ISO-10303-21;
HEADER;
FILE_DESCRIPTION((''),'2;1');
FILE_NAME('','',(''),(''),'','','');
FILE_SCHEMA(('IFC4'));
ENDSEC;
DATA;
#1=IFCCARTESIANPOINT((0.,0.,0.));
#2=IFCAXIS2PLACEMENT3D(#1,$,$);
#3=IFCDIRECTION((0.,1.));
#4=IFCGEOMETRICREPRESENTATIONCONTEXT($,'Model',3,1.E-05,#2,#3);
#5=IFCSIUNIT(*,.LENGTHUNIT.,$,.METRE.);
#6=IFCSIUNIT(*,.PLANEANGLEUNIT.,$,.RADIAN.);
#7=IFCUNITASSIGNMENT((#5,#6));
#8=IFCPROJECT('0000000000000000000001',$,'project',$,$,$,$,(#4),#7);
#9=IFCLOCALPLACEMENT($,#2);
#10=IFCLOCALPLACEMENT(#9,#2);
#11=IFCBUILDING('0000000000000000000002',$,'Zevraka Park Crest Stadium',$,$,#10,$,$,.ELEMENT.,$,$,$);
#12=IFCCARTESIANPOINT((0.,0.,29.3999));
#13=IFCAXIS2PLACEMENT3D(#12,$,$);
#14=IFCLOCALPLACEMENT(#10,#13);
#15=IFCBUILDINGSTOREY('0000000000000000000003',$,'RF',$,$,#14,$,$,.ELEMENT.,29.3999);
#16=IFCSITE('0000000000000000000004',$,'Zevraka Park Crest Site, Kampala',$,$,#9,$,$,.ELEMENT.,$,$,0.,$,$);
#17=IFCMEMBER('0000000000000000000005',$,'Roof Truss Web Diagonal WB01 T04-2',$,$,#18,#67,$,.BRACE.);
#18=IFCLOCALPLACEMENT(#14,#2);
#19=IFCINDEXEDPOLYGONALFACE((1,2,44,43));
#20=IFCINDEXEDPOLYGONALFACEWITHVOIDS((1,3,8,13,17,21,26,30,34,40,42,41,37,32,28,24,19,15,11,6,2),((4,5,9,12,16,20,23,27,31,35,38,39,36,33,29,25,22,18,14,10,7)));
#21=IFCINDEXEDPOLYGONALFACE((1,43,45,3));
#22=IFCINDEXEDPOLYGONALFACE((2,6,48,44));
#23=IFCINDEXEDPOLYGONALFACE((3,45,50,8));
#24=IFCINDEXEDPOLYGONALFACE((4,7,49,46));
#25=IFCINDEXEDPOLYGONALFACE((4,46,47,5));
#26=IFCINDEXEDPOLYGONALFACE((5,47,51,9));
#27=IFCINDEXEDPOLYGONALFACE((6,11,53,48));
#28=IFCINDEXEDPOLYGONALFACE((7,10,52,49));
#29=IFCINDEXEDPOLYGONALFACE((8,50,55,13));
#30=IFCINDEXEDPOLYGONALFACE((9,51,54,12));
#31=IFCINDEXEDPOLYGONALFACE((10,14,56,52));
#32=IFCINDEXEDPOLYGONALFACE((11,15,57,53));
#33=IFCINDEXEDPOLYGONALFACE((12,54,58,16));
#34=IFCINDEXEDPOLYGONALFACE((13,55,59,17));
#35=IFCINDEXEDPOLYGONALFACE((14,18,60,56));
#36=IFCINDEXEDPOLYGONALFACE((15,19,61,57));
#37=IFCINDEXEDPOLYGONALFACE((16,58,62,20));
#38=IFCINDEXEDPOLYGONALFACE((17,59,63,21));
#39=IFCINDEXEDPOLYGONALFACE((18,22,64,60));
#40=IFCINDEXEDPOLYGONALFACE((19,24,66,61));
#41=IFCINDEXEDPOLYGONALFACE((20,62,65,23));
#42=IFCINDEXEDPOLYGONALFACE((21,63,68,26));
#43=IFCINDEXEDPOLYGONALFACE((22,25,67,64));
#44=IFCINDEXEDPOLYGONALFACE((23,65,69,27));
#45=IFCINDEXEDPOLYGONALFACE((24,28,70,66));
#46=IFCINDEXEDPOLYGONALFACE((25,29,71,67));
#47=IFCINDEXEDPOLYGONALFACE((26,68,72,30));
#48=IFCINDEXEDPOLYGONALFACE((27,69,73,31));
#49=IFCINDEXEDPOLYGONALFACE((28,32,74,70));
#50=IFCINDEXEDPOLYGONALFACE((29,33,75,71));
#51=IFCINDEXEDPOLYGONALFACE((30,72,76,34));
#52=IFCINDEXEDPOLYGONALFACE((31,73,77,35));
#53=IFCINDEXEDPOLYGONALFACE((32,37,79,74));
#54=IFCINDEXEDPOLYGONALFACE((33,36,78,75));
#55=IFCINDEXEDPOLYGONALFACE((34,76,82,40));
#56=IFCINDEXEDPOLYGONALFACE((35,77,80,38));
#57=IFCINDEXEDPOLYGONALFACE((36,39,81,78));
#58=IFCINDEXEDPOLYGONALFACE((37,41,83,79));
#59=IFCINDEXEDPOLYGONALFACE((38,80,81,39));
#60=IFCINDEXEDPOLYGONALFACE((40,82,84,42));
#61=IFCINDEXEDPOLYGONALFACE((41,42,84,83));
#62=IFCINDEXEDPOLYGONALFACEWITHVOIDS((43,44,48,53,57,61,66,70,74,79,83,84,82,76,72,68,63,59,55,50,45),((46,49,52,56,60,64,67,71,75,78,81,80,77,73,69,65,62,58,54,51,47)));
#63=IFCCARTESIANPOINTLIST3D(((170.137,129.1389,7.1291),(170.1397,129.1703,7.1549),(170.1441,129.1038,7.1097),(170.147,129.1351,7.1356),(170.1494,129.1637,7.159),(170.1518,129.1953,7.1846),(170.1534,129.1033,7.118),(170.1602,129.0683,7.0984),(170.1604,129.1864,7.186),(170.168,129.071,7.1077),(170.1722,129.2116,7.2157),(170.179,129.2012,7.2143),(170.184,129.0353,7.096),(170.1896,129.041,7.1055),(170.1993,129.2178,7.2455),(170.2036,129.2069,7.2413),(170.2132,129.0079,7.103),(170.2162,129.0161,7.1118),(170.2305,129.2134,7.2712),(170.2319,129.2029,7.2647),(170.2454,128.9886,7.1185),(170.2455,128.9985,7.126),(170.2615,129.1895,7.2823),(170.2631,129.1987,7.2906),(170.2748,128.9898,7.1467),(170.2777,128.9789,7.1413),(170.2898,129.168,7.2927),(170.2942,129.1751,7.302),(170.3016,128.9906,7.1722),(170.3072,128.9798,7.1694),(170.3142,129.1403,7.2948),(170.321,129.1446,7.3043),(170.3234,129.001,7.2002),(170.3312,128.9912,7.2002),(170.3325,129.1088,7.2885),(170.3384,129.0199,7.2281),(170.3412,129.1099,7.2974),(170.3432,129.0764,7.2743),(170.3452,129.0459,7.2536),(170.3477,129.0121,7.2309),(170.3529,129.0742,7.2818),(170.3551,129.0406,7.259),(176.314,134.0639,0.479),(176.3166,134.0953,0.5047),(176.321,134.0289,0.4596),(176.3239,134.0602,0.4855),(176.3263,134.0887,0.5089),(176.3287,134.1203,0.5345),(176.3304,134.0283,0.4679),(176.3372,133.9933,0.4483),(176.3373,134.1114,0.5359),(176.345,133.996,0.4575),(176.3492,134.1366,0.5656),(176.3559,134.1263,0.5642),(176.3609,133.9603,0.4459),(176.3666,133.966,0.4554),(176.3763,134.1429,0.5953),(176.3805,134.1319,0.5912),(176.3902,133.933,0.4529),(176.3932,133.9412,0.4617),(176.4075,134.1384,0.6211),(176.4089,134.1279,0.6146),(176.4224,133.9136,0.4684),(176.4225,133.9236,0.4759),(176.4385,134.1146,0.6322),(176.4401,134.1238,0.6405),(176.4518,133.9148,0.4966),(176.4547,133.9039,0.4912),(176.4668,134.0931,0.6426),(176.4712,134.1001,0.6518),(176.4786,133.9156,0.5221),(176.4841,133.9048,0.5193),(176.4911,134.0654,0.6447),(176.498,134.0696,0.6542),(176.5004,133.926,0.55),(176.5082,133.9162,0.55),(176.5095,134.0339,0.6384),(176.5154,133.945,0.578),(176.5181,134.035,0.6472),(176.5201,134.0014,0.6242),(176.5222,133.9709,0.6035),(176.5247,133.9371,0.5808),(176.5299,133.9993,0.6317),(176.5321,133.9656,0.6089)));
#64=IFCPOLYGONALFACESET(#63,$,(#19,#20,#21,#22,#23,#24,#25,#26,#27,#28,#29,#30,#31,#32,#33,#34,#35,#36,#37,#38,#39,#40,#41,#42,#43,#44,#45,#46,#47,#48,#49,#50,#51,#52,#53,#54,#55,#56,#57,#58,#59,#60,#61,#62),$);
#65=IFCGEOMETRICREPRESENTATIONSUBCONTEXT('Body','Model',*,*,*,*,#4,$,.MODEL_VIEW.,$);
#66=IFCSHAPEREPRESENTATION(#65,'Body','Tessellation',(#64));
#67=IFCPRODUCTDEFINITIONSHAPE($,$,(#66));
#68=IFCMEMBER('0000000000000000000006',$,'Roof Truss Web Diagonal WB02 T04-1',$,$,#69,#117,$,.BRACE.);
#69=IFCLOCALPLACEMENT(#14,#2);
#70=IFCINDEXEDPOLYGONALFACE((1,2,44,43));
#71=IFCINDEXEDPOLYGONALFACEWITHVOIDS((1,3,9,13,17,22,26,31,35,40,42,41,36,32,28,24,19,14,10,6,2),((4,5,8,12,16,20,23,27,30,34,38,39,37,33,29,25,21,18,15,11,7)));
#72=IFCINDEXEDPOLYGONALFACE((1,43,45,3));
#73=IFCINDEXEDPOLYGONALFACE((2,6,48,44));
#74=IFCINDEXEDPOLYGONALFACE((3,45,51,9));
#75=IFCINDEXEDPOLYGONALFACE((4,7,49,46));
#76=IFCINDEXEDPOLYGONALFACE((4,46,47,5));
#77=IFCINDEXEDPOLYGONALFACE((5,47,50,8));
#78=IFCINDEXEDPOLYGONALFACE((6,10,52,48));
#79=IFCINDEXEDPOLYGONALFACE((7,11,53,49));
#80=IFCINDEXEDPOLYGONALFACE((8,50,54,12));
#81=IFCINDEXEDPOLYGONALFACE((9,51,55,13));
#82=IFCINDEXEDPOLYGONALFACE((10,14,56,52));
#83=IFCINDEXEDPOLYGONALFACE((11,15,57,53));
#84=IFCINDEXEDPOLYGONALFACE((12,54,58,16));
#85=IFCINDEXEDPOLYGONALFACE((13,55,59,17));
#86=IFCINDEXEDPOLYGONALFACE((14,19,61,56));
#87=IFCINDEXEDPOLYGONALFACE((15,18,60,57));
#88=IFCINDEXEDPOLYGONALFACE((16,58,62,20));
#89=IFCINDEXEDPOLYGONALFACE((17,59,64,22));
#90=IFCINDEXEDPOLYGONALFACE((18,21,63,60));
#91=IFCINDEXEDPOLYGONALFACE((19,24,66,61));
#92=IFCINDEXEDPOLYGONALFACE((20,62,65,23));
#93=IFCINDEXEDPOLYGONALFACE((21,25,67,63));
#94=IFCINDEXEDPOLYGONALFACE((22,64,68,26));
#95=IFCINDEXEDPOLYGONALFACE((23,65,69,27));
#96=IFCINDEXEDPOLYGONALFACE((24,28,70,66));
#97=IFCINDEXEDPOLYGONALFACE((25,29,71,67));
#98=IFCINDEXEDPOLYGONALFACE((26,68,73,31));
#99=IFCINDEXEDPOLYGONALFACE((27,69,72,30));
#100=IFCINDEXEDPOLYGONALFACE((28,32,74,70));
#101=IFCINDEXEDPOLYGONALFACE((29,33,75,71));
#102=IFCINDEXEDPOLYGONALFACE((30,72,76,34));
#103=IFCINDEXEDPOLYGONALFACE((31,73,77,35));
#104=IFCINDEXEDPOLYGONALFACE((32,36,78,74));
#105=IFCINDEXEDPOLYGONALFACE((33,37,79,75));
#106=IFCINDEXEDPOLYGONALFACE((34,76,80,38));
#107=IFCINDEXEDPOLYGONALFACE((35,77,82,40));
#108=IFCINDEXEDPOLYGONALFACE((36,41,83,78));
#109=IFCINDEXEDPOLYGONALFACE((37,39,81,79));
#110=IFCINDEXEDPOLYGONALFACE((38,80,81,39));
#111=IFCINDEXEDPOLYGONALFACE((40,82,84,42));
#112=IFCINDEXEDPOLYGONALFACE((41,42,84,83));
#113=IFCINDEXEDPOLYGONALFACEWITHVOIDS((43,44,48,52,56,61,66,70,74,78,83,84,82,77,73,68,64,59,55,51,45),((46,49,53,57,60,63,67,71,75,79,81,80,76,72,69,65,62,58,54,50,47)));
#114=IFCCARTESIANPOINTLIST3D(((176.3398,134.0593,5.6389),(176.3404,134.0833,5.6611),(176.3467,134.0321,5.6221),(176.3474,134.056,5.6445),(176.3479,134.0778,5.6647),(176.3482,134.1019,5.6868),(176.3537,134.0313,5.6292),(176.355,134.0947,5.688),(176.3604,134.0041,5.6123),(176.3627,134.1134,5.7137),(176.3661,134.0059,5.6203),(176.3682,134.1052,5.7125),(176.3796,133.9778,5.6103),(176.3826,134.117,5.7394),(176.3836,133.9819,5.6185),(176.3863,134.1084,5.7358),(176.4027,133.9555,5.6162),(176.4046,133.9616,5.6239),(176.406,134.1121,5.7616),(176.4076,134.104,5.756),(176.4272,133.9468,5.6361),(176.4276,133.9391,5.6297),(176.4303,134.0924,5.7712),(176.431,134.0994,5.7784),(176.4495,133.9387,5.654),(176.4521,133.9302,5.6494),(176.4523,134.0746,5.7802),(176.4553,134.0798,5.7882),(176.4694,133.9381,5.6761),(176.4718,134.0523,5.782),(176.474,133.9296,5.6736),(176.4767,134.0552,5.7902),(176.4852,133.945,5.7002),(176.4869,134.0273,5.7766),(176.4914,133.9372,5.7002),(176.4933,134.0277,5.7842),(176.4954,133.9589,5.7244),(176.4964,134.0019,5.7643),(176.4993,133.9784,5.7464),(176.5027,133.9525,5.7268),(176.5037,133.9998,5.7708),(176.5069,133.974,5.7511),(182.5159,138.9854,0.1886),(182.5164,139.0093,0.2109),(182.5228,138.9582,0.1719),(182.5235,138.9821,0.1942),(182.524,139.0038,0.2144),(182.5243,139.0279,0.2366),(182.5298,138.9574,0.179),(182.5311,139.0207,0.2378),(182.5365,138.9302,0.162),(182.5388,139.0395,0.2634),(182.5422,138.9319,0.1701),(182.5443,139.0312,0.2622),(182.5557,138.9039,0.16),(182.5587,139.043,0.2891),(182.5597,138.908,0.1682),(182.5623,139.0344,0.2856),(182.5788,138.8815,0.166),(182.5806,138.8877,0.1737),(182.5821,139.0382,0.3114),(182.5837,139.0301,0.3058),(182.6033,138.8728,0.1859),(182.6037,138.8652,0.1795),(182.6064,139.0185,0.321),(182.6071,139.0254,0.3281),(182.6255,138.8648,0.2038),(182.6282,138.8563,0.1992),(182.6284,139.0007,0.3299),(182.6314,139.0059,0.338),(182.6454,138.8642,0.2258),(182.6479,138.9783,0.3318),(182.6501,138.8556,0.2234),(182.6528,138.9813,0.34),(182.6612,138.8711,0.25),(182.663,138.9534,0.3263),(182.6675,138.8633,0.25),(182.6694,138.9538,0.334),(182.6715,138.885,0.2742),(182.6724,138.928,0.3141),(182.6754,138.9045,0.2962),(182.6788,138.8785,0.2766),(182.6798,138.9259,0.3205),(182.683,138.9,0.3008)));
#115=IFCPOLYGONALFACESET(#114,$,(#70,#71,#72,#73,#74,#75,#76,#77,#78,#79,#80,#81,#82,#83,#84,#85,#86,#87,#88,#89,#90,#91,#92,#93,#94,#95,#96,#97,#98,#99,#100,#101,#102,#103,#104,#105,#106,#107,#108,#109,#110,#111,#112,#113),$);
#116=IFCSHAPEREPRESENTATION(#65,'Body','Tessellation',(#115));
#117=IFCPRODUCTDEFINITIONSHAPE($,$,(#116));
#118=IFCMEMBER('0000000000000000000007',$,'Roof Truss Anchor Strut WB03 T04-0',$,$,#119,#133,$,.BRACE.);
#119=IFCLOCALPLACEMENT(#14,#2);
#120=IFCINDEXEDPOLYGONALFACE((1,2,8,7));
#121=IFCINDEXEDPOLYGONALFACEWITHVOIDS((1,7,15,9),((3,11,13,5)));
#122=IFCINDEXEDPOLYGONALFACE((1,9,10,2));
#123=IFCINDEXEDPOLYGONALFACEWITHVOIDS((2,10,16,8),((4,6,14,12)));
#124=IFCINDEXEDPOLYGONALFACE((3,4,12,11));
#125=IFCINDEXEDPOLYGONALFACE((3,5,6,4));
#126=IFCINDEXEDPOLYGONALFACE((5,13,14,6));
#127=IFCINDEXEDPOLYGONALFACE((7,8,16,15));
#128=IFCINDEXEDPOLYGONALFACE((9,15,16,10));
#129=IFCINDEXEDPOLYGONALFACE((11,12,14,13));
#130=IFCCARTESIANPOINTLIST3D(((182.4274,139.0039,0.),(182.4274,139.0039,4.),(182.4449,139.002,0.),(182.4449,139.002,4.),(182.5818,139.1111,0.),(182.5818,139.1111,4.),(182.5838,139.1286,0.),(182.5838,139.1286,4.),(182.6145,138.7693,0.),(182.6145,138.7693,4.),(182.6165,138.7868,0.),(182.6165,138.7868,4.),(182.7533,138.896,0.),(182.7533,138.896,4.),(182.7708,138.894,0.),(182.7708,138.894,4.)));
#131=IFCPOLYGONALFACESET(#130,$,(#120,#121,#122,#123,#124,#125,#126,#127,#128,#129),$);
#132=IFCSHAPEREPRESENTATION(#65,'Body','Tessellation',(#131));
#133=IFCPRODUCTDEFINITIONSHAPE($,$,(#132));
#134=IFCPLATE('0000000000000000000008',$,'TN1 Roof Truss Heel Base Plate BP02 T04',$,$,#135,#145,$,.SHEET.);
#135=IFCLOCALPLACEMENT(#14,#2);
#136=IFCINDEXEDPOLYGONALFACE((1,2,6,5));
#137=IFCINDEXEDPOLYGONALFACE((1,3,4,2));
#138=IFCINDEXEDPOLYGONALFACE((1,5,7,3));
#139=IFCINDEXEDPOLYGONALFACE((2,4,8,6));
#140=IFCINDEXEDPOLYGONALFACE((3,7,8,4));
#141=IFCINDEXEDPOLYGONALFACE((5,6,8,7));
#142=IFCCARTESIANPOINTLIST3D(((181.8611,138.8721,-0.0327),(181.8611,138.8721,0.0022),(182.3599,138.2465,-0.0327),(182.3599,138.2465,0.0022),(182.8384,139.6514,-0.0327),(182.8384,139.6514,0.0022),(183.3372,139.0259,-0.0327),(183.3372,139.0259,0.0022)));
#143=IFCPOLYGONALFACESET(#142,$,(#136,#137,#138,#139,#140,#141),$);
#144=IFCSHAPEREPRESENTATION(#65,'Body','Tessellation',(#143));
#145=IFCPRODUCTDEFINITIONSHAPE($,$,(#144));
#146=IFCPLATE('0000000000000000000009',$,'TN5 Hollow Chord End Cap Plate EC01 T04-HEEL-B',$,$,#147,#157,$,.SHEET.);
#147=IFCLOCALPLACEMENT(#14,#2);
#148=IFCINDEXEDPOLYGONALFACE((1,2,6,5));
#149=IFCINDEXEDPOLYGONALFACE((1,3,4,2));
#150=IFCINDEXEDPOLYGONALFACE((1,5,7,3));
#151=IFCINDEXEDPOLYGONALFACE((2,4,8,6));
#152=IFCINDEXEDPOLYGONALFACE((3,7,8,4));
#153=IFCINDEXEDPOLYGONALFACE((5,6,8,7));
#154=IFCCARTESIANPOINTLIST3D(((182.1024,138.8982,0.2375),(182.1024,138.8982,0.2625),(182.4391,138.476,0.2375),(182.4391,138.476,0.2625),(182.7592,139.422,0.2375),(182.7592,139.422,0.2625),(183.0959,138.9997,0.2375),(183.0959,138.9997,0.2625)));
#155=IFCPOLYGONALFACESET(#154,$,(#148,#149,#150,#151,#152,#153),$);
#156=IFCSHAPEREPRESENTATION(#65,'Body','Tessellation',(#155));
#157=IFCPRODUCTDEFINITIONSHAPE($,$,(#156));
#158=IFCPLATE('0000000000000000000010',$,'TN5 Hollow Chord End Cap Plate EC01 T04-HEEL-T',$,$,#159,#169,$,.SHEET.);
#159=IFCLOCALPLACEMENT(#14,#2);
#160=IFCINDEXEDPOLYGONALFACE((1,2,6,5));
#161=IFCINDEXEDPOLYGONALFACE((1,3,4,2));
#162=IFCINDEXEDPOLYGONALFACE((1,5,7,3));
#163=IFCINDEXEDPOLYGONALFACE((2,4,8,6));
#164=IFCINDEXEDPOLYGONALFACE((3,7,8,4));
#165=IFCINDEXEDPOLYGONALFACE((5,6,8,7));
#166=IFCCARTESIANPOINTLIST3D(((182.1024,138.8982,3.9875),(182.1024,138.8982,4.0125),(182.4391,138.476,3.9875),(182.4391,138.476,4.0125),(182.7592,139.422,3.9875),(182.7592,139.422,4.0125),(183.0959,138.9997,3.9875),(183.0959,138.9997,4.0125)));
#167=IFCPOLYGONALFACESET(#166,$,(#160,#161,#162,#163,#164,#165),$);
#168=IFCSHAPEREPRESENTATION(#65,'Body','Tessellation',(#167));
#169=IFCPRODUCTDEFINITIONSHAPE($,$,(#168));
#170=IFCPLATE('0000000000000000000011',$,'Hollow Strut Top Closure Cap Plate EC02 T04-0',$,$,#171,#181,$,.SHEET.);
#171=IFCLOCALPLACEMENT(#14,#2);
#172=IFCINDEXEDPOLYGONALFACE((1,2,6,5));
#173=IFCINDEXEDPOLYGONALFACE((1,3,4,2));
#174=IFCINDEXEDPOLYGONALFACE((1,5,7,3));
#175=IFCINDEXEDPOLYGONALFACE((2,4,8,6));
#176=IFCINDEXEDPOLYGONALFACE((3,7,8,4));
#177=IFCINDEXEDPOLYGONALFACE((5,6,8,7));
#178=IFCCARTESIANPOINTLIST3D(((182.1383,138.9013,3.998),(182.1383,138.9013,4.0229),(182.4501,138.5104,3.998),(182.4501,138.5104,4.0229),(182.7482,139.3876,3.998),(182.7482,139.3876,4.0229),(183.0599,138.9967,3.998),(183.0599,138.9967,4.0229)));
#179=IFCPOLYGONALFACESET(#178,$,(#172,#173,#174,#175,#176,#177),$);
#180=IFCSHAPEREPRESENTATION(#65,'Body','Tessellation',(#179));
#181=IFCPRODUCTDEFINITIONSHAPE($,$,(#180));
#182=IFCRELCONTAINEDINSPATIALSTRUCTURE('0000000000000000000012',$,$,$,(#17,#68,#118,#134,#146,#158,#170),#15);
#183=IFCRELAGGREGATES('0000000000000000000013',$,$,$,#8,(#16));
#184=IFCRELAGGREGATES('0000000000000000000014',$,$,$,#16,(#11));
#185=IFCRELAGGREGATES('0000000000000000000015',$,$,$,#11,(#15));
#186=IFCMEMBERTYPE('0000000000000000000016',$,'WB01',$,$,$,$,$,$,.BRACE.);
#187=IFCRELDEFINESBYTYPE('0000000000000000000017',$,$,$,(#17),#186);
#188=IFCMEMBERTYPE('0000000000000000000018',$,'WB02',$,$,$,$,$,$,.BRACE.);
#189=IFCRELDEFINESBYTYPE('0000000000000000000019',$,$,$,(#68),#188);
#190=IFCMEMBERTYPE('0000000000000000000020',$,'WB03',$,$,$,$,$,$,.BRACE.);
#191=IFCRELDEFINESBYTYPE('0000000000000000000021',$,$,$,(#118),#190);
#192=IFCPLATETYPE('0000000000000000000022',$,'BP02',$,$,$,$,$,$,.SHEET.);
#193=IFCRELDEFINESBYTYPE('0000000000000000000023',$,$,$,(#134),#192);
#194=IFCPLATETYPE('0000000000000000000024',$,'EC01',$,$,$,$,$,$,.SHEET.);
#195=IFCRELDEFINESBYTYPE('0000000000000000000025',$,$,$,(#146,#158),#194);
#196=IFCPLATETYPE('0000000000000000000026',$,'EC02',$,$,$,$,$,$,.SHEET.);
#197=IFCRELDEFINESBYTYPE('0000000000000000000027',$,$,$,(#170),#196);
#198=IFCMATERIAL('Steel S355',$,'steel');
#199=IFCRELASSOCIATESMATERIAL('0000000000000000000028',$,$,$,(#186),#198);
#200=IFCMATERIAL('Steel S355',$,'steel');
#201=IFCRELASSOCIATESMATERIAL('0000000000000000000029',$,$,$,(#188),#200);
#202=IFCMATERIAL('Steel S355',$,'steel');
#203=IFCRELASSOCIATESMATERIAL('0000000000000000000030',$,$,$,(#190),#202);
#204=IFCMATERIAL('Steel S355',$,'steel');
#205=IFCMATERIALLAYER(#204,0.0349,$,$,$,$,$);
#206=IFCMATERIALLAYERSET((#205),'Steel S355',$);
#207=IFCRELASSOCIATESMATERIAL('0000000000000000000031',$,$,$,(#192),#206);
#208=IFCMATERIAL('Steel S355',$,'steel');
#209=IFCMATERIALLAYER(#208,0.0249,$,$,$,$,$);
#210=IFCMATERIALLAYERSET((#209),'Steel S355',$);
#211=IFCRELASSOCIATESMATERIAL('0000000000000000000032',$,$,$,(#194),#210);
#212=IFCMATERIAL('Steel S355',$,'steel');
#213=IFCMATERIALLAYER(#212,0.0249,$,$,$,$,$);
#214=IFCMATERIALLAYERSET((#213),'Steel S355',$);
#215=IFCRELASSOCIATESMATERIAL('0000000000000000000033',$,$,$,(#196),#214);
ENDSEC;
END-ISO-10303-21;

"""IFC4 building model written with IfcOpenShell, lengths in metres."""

from ifc_helpers import new_model, si_unit, direction, frame, origin, origin_2d, place, context, subcontext, project, spatial, rectangle, hollow_rectangle, hollow_circle, extrude, material, layer, layer_set, material_profile, profile_set, type_object, element, save


model = new_model("IFC4")

# Units and contexts
model_context = context("Model", 3, precision=1e-05, world=origin(), true_north=direction((0.0, 1.0)))
body_context = subcontext(model_context, "Body", "Model", "MODEL_VIEW")
ifc_project = project(units=[si_unit("LENGTHUNIT", "METRE"), si_unit("PLANEANGLEUNIT", "RADIAN")], contexts=[model_context])

# Site, building, storey
site_placement = place(None, origin())
site = spatial("IfcSite", under=ifc_project, at=site_placement, Name="Zevraka Park Crest Site, Kampala", CompositionType="ELEMENT", RefElevation=0.0)
building_placement = place(site_placement, origin())
building = spatial("IfcBuilding", under=site, at=building_placement, Name="Zevraka Park Crest Stadium", CompositionType="ELEMENT")
storey_placement = place(building_placement, frame((0.0, 0.0, 29.3999)))
storey = spatial("IfcBuildingStorey", under=building, at=storey_placement, Name="RF", CompositionType="ELEMENT", Elevation=29.3999)

# Members
ifc_material_1 = material(Name="Steel S355", Category="steel")
ifc_material_profile_1 = material_profile(ifc_material_1, hollow_circle(Radius=0.1365, WallThickness=0.0125, at=origin_2d()), Name="CHS 273.0x12.5")
ifc_profile_set_1 = profile_set([ifc_material_profile_1], Name="Steel S355")
member_type_1 = type_object("IfcMemberType", Name="WB01", PredefinedType="BRACE", material=ifc_profile_set_1)
member_1_placement = place(storey_placement, frame((176.4231, 134.0229, 0.55), z_axis=(-0.598172, -0.476935, 0.643991), x_axis=(0.623417, -0.78189, 0.0)))
element("IfcMember", 1, at=member_1_placement, inside=storey, type_object=member_type_1, Name="Roof Truss Web Diagonal WB01 T04-2", PredefinedType="BRACE", context=body_context, shape_type="SweptSolid", body=[
    extrude(hollow_circle(Radius=0.1365, WallThickness=0.0125, at=origin_2d()), origin(), (0.0, 0.0, 1.0), 10.3264),
])
ifc_material_2 = material(Name="Steel S355", Category="steel")
ifc_material_profile_2 = material_profile(ifc_material_2, hollow_circle(Radius=0.1096, WallThickness=0.01, at=origin_2d()), Name="CHS 219.1x10")
ifc_profile_set_2 = profile_set([ifc_material_profile_2], Name="Steel S355")
member_type_2 = type_object("IfcMemberType", Name="WB02", PredefinedType="BRACE", material=ifc_profile_set_2)
member_2_placement = place(storey_placement, frame((182.5991, 138.949, 0.25), z_axis=(-0.643498, -0.513257, 0.567872), x_axis=(0.623552, -0.781782, 0.0)))
element("IfcMember", 2, at=member_2_placement, inside=storey, type_object=member_type_2, Name="Roof Truss Web Diagonal WB02 T04-1", PredefinedType="BRACE", context=body_context, shape_type="SweptSolid", body=[
    extrude(hollow_circle(Radius=0.1096, WallThickness=0.01, at=origin_2d()), origin(), (0.0, 0.0, 1.0), 9.5977),
])
ifc_material_3 = material(Name="Steel S355", Category="steel")
ifc_material_profile_3 = material_profile(ifc_material_3, hollow_rectangle(XDim=0.2, YDim=0.3, WallThickness=0.0125, at=origin_2d()), Name="RHS 300x200x12.5")
ifc_profile_set_3 = profile_set([ifc_material_profile_3], Name="Steel S355")
member_type_3 = type_object("IfcMemberType", Name="WB03", PredefinedType="BRACE", material=ifc_profile_set_3)
member_3_placement = place(storey_placement, frame((182.5991, 138.949, 0.0), z_axis=(0.0, 0.0, 1.0), x_axis=(0.781847, 0.62347, 0.0)))
element("IfcMember", 3, at=member_3_placement, inside=storey, type_object=member_type_3, Name="Roof Truss Anchor Strut WB03 T04-0", PredefinedType="BRACE", context=body_context, shape_type="SweptSolid", body=[
    extrude(hollow_rectangle(XDim=0.2, YDim=0.3, WallThickness=0.0125, at=origin_2d()), origin(), (0.0, 0.0, 1.0), 4.0),
])

# Plates
ifc_material_4 = material(Name="Steel S355", Category="steel")
ifc_layer_1 = layer(ifc_material_4, 0.0349)
ifc_layer_set_1 = layer_set([ifc_layer_1], Name="Steel S355")
plate_type_1 = type_object("IfcPlateType", Name="BP02", PredefinedType="SHEET", material=ifc_layer_set_1)
plate_1_placement = place(storey_placement, frame((182.5991, 138.949, -0.0327), z_axis=(0.0, 0.0, 1.0), x_axis=(0.781847, 0.62347, 0.0)))
element("IfcPlate", 4, at=plate_1_placement, inside=storey, type_object=plate_type_1, Name="TN1 Roof Truss Heel Base Plate BP02 T04", PredefinedType="SHEET", context=body_context, shape_type="SweptSolid", body=[
    extrude(rectangle(XDim=1.25, YDim=0.8, at=origin_2d()), origin(), (0.0, 0.0, 1.0), 0.0349),
])
ifc_material_5 = material(Name="Steel S355", Category="steel")
ifc_layer_2 = layer(ifc_material_5, 0.0249)
ifc_layer_set_2 = layer_set([ifc_layer_2], Name="Steel S355")
plate_type_2 = type_object("IfcPlateType", Name="EC01", PredefinedType="SHEET", material=ifc_layer_set_2)
for number, where, z_axis, x_axis, name in (
    (5, (182.5991, 138.949, 0.2375), (0.0, 0.0, 1.0), (0.781847, 0.62347, 0.0), "TN5 Hollow Chord End Cap Plate EC01 T04-HEEL-B"),
    (6, (182.5991, 138.949, 3.9875), (0.0, 0.0, 1.0), (0.781847, 0.62347, 0.0), "TN5 Hollow Chord End Cap Plate EC01 T04-HEEL-T"),
):
    element("IfcPlate", number, at=place(storey_placement, frame(where, z_axis=z_axis, x_axis=x_axis)), inside=storey, type_object=plate_type_2, Name=name, PredefinedType="SHEET", context=body_context, shape_type="SweptSolid", body=[
        extrude(rectangle(XDim=0.8401, YDim=0.54, at=origin_2d()), origin(), (0.0, 0.0, 1.0), 0.0249),
    ])
ifc_material_6 = material(Name="Steel S355", Category="steel")
ifc_layer_3 = layer(ifc_material_6, 0.0249)
ifc_layer_set_3 = layer_set([ifc_layer_3], Name="Steel S355")
plate_type_3 = type_object("IfcPlateType", Name="EC02", PredefinedType="SHEET", material=ifc_layer_set_3)
plate_2_placement = place(storey_placement, frame((182.5991, 138.949, 3.998), z_axis=(0.0, 0.0, 1.0), x_axis=(0.781847, 0.62347, 0.0)))
element("IfcPlate", 7, at=plate_2_placement, inside=storey, type_object=plate_type_3, Name="Hollow Strut Top Closure Cap Plate EC02 T04-0", PredefinedType="SHEET", context=body_context, shape_type="SweptSolid", body=[
    extrude(rectangle(XDim=0.78, YDim=0.5, at=origin_2d()), origin(), (0.0, 0.0, 1.0), 0.0249),
])

save(model, "model.ifc")
